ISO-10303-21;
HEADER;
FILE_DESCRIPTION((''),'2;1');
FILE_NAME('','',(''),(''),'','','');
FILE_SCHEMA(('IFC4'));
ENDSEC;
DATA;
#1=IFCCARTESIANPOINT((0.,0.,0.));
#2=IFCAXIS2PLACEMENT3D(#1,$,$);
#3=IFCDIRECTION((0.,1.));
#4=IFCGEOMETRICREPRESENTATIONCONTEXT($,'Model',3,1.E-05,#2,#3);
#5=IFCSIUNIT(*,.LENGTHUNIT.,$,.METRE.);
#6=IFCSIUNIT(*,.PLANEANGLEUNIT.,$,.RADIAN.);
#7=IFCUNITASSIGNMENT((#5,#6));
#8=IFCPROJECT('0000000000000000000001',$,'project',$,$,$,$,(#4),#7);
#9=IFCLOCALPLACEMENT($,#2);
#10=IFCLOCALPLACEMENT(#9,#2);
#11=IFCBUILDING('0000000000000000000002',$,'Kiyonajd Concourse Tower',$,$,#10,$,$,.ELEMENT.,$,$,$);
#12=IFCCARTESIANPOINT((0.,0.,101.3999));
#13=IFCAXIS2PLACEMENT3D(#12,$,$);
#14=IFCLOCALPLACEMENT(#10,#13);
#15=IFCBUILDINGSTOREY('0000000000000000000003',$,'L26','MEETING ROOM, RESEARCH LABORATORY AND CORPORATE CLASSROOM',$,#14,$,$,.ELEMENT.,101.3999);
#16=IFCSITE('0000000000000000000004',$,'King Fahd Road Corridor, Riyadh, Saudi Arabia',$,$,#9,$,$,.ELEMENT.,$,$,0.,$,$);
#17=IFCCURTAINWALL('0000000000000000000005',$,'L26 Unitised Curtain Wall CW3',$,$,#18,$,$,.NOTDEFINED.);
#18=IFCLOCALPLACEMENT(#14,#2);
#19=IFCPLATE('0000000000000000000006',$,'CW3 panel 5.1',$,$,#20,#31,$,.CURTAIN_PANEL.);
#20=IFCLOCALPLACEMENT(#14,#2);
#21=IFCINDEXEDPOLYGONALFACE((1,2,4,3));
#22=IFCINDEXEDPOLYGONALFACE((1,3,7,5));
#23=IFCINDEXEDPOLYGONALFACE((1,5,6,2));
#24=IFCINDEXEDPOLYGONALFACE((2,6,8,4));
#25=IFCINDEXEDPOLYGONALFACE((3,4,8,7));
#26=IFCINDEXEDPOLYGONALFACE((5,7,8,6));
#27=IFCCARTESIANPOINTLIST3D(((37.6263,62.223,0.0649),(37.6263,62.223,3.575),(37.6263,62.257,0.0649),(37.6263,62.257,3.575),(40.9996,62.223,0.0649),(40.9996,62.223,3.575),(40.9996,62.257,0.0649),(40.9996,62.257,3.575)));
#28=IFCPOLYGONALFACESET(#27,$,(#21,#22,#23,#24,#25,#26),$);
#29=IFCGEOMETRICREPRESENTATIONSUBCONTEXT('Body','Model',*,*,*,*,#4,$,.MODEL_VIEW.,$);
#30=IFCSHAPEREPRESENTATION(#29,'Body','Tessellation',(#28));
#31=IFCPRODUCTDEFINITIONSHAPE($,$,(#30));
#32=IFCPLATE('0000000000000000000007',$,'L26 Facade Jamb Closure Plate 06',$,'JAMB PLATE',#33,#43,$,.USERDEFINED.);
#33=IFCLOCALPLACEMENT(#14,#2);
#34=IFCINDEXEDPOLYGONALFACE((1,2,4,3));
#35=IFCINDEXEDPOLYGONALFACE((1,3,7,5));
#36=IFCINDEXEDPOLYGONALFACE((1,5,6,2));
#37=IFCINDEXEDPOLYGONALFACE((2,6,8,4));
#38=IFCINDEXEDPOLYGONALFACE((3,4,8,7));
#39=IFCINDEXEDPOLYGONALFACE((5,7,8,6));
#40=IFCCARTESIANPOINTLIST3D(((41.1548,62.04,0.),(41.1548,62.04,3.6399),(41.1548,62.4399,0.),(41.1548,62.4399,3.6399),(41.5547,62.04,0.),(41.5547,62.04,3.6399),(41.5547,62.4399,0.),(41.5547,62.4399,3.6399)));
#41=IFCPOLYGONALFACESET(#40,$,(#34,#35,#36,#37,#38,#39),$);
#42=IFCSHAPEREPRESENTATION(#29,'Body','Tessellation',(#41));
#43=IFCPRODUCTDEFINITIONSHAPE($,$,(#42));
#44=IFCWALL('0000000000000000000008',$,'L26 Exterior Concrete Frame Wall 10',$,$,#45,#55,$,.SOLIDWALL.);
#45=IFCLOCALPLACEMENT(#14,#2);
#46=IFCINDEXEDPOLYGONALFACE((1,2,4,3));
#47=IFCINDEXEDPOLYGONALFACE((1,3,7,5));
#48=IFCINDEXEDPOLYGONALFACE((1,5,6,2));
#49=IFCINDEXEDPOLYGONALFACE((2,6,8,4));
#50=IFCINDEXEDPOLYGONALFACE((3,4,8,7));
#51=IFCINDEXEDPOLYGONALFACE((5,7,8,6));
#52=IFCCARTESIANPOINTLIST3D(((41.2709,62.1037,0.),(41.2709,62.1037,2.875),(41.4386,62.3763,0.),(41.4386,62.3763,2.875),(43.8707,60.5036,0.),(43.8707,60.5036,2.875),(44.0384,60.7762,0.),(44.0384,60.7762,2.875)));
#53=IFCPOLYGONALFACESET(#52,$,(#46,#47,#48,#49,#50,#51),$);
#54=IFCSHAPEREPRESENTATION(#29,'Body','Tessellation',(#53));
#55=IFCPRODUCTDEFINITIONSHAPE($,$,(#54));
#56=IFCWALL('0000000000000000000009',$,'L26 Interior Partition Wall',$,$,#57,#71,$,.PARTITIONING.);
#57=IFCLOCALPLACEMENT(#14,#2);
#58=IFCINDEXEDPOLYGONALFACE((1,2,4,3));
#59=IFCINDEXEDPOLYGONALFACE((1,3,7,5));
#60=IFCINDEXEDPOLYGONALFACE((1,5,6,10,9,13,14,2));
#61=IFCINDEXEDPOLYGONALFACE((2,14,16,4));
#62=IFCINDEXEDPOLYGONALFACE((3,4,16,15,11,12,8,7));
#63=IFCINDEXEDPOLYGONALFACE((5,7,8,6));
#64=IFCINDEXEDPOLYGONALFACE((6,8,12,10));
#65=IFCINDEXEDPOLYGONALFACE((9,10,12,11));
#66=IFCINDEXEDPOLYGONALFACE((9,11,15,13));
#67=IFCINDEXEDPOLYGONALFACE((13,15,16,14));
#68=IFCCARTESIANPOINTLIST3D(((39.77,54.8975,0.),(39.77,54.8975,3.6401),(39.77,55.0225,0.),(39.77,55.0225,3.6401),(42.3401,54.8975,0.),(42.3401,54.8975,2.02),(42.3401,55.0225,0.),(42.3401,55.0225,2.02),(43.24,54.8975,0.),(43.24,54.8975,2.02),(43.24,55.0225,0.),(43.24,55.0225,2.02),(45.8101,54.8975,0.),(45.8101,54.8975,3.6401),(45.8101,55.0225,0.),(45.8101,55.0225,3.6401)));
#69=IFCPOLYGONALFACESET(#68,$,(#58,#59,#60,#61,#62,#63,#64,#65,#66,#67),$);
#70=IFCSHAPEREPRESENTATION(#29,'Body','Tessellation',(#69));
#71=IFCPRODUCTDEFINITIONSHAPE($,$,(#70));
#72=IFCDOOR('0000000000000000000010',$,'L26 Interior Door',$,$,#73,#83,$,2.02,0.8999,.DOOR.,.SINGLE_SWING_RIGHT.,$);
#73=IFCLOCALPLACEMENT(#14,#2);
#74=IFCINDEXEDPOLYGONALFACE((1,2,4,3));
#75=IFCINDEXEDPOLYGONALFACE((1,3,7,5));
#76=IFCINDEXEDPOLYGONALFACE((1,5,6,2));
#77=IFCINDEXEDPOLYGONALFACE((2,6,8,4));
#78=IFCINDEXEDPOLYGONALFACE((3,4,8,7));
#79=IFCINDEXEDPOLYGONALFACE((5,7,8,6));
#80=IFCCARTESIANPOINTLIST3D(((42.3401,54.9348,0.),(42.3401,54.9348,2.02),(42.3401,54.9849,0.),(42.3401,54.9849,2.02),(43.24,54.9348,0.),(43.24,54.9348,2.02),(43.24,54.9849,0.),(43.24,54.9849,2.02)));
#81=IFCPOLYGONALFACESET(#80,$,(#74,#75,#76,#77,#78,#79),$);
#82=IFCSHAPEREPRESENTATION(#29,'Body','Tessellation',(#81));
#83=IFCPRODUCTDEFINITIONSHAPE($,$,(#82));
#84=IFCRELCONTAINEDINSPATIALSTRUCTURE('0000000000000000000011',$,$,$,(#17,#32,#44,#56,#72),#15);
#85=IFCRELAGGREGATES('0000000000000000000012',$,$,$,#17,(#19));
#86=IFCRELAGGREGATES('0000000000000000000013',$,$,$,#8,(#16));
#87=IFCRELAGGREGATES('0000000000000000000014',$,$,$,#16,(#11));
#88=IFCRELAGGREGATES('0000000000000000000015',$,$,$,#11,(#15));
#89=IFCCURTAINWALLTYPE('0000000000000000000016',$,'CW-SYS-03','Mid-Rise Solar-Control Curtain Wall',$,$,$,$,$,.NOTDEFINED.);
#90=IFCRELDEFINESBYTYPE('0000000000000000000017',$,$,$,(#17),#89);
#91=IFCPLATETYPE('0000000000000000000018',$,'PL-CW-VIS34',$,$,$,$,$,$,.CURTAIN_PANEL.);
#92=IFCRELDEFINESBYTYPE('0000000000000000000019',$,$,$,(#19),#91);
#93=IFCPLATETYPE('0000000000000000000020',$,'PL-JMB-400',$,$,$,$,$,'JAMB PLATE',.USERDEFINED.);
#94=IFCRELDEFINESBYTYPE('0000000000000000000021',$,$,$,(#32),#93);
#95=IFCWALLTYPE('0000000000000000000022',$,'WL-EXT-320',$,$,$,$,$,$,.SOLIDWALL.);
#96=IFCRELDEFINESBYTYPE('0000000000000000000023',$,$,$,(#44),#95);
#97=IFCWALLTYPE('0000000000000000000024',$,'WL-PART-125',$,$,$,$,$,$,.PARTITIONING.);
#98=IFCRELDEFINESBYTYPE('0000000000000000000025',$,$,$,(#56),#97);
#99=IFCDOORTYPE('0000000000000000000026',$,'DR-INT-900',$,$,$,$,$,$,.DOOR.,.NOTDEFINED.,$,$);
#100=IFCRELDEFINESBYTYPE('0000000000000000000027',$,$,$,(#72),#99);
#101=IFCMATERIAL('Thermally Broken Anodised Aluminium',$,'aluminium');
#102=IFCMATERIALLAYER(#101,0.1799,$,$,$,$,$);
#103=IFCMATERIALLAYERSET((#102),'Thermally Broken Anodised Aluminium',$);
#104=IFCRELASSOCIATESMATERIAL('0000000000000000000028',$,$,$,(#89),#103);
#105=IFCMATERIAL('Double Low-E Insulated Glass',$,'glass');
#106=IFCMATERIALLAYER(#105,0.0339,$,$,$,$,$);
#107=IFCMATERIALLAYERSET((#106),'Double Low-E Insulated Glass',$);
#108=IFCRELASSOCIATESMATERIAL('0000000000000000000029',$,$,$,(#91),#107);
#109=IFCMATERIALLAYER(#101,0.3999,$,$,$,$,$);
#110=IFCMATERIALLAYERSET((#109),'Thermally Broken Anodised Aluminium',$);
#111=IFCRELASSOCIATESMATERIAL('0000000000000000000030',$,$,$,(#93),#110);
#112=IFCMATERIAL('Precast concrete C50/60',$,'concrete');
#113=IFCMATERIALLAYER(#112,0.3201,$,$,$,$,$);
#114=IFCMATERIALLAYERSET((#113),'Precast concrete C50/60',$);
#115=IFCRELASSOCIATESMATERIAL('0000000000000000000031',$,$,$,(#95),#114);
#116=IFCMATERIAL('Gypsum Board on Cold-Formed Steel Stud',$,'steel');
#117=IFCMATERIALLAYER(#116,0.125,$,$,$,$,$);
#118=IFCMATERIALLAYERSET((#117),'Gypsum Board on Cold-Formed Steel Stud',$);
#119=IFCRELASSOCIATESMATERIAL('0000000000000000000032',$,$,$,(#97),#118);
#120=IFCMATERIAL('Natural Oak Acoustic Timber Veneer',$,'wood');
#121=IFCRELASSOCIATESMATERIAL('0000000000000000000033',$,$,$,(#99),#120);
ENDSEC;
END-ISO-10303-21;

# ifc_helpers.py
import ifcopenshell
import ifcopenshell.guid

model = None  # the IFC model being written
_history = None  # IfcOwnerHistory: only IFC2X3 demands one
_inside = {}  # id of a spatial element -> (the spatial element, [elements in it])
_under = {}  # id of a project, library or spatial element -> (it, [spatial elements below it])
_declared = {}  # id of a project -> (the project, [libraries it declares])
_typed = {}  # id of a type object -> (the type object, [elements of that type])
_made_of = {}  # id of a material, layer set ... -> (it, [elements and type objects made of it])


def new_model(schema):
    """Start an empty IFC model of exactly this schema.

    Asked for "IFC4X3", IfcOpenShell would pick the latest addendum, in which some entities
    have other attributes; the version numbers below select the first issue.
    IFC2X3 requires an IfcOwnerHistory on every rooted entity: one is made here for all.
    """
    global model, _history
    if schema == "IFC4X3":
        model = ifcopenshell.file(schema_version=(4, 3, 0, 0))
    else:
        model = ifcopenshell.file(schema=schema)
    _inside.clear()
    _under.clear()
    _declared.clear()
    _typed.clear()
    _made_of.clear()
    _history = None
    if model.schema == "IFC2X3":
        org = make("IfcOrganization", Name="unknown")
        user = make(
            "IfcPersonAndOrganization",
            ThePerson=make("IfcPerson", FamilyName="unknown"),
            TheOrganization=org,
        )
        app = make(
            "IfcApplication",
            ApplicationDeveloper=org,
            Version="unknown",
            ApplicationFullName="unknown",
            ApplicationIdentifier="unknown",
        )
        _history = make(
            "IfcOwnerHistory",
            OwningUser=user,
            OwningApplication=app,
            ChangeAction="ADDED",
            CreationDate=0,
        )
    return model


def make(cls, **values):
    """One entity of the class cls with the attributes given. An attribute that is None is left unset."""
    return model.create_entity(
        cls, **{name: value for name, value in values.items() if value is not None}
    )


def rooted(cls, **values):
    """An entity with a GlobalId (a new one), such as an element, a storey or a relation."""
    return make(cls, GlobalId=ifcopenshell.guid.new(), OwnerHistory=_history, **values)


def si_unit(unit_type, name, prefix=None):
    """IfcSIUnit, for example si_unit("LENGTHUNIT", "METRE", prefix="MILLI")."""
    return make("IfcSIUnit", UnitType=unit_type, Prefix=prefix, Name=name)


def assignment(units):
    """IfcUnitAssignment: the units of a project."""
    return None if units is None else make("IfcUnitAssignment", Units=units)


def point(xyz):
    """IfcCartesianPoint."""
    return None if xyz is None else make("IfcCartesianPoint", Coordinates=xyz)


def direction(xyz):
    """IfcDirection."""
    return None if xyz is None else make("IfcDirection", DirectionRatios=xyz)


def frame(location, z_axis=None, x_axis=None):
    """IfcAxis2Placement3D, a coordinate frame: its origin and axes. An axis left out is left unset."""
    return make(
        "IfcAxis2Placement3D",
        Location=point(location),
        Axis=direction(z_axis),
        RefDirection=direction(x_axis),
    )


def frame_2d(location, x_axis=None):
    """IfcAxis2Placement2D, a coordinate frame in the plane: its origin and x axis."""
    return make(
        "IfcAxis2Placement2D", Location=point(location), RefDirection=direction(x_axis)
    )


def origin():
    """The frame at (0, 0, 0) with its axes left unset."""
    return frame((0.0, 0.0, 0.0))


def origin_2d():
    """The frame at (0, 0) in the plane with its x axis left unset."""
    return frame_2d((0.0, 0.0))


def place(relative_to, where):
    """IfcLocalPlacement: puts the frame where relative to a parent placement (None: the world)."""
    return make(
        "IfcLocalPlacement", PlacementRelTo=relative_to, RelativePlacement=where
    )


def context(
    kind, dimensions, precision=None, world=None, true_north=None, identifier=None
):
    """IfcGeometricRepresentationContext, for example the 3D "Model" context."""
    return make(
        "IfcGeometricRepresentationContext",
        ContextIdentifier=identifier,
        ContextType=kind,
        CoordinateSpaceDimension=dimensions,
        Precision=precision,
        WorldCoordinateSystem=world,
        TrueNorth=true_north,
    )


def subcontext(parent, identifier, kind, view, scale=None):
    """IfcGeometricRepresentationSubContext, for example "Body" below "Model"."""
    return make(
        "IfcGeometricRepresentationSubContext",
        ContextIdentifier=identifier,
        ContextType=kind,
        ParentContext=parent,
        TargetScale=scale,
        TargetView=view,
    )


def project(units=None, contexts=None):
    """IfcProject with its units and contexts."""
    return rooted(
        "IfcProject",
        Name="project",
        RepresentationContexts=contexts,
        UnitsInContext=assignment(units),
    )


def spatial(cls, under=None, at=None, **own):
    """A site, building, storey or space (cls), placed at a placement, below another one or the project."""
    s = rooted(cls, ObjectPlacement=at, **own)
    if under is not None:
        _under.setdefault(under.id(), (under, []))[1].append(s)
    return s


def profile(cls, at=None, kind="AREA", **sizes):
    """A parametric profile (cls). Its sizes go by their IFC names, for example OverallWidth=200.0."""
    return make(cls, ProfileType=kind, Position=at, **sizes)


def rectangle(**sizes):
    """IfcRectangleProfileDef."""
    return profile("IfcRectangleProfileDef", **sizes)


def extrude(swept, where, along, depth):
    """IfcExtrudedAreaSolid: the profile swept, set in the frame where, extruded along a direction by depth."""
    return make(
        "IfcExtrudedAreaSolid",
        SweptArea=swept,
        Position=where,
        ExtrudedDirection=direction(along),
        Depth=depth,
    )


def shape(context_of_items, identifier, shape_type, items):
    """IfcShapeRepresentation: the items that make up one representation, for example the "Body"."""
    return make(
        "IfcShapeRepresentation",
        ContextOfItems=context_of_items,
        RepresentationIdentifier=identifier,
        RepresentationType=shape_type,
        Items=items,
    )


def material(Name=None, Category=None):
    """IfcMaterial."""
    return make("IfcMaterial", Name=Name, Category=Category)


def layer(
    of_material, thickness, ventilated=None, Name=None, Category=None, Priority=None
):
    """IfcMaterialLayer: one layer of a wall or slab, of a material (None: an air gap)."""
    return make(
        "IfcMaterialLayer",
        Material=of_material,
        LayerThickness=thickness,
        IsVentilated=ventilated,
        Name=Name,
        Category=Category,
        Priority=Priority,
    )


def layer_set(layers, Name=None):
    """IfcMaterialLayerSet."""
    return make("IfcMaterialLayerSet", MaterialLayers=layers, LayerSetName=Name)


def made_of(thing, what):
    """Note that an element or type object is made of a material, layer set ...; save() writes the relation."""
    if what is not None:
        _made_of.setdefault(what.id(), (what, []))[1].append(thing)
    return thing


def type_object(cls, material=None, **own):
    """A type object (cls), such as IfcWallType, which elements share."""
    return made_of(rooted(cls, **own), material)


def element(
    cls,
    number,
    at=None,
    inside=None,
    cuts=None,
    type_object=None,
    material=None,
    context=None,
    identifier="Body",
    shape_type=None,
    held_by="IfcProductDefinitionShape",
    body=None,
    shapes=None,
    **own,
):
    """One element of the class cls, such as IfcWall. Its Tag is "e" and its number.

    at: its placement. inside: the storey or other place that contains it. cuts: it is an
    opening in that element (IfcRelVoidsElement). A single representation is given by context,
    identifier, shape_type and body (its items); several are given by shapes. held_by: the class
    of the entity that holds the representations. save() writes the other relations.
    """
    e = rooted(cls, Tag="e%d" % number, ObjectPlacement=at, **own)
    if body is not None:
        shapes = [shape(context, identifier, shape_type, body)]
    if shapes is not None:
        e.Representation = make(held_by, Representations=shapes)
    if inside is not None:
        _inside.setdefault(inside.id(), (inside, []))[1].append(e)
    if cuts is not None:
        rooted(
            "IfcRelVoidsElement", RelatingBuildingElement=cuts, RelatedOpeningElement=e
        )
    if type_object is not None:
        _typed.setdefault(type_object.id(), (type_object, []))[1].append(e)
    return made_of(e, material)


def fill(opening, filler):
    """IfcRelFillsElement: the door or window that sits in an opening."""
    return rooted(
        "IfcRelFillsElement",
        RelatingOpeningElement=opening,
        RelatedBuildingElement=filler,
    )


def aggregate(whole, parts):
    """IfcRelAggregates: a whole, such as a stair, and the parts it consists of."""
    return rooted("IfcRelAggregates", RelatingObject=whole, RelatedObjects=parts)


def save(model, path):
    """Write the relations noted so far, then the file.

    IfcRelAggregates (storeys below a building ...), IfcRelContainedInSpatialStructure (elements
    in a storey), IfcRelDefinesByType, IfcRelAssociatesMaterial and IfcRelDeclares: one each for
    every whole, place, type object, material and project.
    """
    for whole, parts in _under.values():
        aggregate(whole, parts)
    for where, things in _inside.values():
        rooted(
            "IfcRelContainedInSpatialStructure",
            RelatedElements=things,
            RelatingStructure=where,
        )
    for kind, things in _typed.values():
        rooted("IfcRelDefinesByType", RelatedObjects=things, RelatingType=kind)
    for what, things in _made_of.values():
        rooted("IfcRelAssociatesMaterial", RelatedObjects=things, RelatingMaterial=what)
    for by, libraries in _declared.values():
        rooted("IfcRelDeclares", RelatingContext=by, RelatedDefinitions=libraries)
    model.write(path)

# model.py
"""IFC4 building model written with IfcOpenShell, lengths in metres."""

from ifc_helpers import new_model, si_unit, direction, frame, frame_2d, origin, origin_2d, place, context, subcontext, project, spatial, rectangle, extrude, material, layer, layer_set, type_object, element, fill, aggregate, save


model = new_model("IFC4")

# Units and contexts
model_context = context("Model", 3, precision=1e-05, world=origin(), true_north=direction((0.0, 1.0)))
body_context = subcontext(model_context, "Body", "Model", "MODEL_VIEW")
ifc_project = project(units=[si_unit("LENGTHUNIT", "METRE"), si_unit("PLANEANGLEUNIT", "RADIAN")], contexts=[model_context])

# Site, building, storey
site_placement = place(None, origin())
site = spatial("IfcSite", under=ifc_project, at=site_placement, Name="King Fahd Road Corridor, Riyadh, Saudi Arabia", CompositionType="ELEMENT", RefElevation=0.0)
building_placement = place(site_placement, origin())
building = spatial("IfcBuilding", under=site, at=building_placement, Name="Kiyonajd Concourse Tower", CompositionType="ELEMENT")
storey_placement = place(building_placement, frame((0.0, 0.0, 101.3999)))
storey = spatial("IfcBuildingStorey", under=building, at=storey_placement, Name="L26", Description="MEETING ROOM, RESEARCH LABORATORY AND CORPORATE CLASSROOM", CompositionType="ELEMENT", Elevation=101.3999)

# Shared definitions
ifc_material_1 = material(Name="Precast concrete C50/60", Category="concrete")

# Curtain wall, plate
ifc_material_2 = material(Name="Thermally Broken Anodised Aluminium", Category="aluminium")
ifc_layer_1 = layer(ifc_material_2, 0.1799)
ifc_layer_set_1 = layer_set([ifc_layer_1], Name="Thermally Broken Anodised Aluminium")
curtain_wall_type = type_object("IfcCurtainWallType", Name="CW-SYS-03", Description="Mid-Rise Solar-Control Curtain Wall", PredefinedType="NOTDEFINED", material=ifc_layer_set_1)
curtain_wall_placement = place(storey_placement, origin())
curtain_wall = element("IfcCurtainWall", 1, at=curtain_wall_placement, inside=storey, type_object=curtain_wall_type, Name="L26 Unitised Curtain Wall CW3", PredefinedType="NOTDEFINED")
ifc_material_3 = material(Name="Double Low-E Insulated Glass", Category="glass")
ifc_layer_2 = layer(ifc_material_3, 0.0339)
ifc_layer_set_2 = layer_set([ifc_layer_2], Name="Double Low-E Insulated Glass")
plate_type_1 = type_object("IfcPlateType", Name="PL-CW-VIS34", PredefinedType="CURTAIN_PANEL", material=ifc_layer_set_2)
plate_1_placement = place(storey_placement, frame((39.313, 62.24, 0.0649), z_axis=(0.0, 0.0, 1.0), x_axis=(1.0, 0.0, 0.0)))
plate_1 = element("IfcPlate", 2, at=plate_1_placement, type_object=plate_type_1, Name="CW3 panel 5.1", PredefinedType="CURTAIN_PANEL", context=body_context, shape_type="SweptSolid", body=[
    extrude(rectangle(XDim=3.3733, YDim=0.0339, at=origin_2d()), origin(), (0.0, 0.0, 1.0), 3.51),
])
aggregate(curtain_wall, [plate_1])

# Plate
ifc_layer_3 = layer(ifc_material_2, 0.3999)
ifc_layer_set_3 = layer_set([ifc_layer_3], Name="Thermally Broken Anodised Aluminium")
plate_type_2 = type_object("IfcPlateType", Name="PL-JMB-400", ElementType="JAMB PLATE", PredefinedType="USERDEFINED", material=ifc_layer_set_3)
plate_2_placement = place(storey_placement, frame((41.3547, 62.24, 0.0), z_axis=(0.0, 0.0, 1.0), x_axis=(1.0, 0.0, 0.0)))
element("IfcPlate", 3, at=plate_2_placement, inside=storey, type_object=plate_type_2, Name="L26 Facade Jamb Closure Plate 06", ObjectType="JAMB PLATE", PredefinedType="USERDEFINED", context=body_context, shape_type="SweptSolid", body=[
    extrude(rectangle(XDim=0.3999, YDim=0.3999, at=origin_2d()), origin(), (0.0, 0.0, 1.0), 3.6399),
])

# Wall
ifc_layer_4 = layer(ifc_material_1, 0.3201)
ifc_layer_set_4 = layer_set([ifc_layer_4], Name="Precast concrete C50/60")
wall_type_1 = type_object("IfcWallType", Name="WL-EXT-320", PredefinedType="SOLIDWALL", material=ifc_layer_set_4)
wall_1_placement = place(storey_placement, frame((41.3547, 62.24, 0.0), z_axis=(0.0, 0.0, 1.0), x_axis=(0.851631, -0.524142, 0.0)))
element("IfcWall", 4, at=wall_1_placement, inside=storey, type_object=wall_type_1, Name="L26 Exterior Concrete Frame Wall 10", PredefinedType="SOLIDWALL", context=body_context, shape_type="SweptSolid", body=[
    extrude(rectangle(XDim=3.0527, YDim=0.3201, at=frame_2d((1.5264, 0.0))), origin(), (0.0, 0.0, 1.0), 2.875),
])

# Wall, opening, door
ifc_material_4 = material(Name="Gypsum Board on Cold-Formed Steel Stud", Category="steel")
ifc_layer_5 = layer(ifc_material_4, 0.125)
ifc_layer_set_5 = layer_set([ifc_layer_5], Name="Gypsum Board on Cold-Formed Steel Stud")
wall_type_2 = type_object("IfcWallType", Name="WL-PART-125", PredefinedType="PARTITIONING", material=ifc_layer_set_5)
wall_2_placement = place(storey_placement, frame((39.77, 54.96, 0.0), z_axis=(0.0, 0.0, 1.0), x_axis=(1.0, 0.0, 0.0)))
wall_2 = element("IfcWall", 5, at=wall_2_placement, inside=storey, type_object=wall_type_2, Name="L26 Interior Partition Wall", PredefinedType="PARTITIONING", context=body_context, shape_type="SweptSolid", body=[
    extrude(rectangle(XDim=6.04, YDim=0.125, at=frame_2d((3.02, 0.0))), origin(), (0.0, 0.0, 1.0), 3.6401),
])
opening_placement = place(wall_2_placement, frame((2.5701, 0.0, 0.0)))
opening = element("IfcOpeningElement", 6, at=opening_placement, cuts=wall_2, PredefinedType="OPENING", context=body_context, shape_type="SweptSolid", body=[
    extrude(rectangle(XDim=0.8999, YDim=2.02, at=frame_2d((0.45, 1.01))), frame((0.0, 0.0725, 0.0), z_axis=(0.0, -1.0, 0.0), x_axis=(1.0, 0.0, 0.0)), (0.0, 0.0, 1.0), 0.145),
])
ifc_material_5 = material(Name="Natural Oak Acoustic Timber Veneer", Category="wood")
door_type = type_object("IfcDoorType", Name="DR-INT-900", OperationType="NOTDEFINED", PredefinedType="DOOR", material=ifc_material_5)
door_placement = place(opening_placement, origin())
door = element("IfcDoor", 7, at=door_placement, inside=storey, type_object=door_type, Name="L26 Interior Door", OperationType="SINGLE_SWING_RIGHT", OverallHeight=2.02, OverallWidth=0.8999, PredefinedType="DOOR", context=body_context, shape_type="SweptSolid", body=[
    extrude(rectangle(XDim=0.8999, YDim=2.02, at=frame_2d((0.45, 1.01))), frame((0.0, 0.0249, 0.0), z_axis=(0.0, -1.0, 0.0), x_axis=(1.0, 0.0, 0.0)), (0.0, 0.0, 1.0), 0.05),
])
fill(opening, door)

save(model, "model.ifc")
